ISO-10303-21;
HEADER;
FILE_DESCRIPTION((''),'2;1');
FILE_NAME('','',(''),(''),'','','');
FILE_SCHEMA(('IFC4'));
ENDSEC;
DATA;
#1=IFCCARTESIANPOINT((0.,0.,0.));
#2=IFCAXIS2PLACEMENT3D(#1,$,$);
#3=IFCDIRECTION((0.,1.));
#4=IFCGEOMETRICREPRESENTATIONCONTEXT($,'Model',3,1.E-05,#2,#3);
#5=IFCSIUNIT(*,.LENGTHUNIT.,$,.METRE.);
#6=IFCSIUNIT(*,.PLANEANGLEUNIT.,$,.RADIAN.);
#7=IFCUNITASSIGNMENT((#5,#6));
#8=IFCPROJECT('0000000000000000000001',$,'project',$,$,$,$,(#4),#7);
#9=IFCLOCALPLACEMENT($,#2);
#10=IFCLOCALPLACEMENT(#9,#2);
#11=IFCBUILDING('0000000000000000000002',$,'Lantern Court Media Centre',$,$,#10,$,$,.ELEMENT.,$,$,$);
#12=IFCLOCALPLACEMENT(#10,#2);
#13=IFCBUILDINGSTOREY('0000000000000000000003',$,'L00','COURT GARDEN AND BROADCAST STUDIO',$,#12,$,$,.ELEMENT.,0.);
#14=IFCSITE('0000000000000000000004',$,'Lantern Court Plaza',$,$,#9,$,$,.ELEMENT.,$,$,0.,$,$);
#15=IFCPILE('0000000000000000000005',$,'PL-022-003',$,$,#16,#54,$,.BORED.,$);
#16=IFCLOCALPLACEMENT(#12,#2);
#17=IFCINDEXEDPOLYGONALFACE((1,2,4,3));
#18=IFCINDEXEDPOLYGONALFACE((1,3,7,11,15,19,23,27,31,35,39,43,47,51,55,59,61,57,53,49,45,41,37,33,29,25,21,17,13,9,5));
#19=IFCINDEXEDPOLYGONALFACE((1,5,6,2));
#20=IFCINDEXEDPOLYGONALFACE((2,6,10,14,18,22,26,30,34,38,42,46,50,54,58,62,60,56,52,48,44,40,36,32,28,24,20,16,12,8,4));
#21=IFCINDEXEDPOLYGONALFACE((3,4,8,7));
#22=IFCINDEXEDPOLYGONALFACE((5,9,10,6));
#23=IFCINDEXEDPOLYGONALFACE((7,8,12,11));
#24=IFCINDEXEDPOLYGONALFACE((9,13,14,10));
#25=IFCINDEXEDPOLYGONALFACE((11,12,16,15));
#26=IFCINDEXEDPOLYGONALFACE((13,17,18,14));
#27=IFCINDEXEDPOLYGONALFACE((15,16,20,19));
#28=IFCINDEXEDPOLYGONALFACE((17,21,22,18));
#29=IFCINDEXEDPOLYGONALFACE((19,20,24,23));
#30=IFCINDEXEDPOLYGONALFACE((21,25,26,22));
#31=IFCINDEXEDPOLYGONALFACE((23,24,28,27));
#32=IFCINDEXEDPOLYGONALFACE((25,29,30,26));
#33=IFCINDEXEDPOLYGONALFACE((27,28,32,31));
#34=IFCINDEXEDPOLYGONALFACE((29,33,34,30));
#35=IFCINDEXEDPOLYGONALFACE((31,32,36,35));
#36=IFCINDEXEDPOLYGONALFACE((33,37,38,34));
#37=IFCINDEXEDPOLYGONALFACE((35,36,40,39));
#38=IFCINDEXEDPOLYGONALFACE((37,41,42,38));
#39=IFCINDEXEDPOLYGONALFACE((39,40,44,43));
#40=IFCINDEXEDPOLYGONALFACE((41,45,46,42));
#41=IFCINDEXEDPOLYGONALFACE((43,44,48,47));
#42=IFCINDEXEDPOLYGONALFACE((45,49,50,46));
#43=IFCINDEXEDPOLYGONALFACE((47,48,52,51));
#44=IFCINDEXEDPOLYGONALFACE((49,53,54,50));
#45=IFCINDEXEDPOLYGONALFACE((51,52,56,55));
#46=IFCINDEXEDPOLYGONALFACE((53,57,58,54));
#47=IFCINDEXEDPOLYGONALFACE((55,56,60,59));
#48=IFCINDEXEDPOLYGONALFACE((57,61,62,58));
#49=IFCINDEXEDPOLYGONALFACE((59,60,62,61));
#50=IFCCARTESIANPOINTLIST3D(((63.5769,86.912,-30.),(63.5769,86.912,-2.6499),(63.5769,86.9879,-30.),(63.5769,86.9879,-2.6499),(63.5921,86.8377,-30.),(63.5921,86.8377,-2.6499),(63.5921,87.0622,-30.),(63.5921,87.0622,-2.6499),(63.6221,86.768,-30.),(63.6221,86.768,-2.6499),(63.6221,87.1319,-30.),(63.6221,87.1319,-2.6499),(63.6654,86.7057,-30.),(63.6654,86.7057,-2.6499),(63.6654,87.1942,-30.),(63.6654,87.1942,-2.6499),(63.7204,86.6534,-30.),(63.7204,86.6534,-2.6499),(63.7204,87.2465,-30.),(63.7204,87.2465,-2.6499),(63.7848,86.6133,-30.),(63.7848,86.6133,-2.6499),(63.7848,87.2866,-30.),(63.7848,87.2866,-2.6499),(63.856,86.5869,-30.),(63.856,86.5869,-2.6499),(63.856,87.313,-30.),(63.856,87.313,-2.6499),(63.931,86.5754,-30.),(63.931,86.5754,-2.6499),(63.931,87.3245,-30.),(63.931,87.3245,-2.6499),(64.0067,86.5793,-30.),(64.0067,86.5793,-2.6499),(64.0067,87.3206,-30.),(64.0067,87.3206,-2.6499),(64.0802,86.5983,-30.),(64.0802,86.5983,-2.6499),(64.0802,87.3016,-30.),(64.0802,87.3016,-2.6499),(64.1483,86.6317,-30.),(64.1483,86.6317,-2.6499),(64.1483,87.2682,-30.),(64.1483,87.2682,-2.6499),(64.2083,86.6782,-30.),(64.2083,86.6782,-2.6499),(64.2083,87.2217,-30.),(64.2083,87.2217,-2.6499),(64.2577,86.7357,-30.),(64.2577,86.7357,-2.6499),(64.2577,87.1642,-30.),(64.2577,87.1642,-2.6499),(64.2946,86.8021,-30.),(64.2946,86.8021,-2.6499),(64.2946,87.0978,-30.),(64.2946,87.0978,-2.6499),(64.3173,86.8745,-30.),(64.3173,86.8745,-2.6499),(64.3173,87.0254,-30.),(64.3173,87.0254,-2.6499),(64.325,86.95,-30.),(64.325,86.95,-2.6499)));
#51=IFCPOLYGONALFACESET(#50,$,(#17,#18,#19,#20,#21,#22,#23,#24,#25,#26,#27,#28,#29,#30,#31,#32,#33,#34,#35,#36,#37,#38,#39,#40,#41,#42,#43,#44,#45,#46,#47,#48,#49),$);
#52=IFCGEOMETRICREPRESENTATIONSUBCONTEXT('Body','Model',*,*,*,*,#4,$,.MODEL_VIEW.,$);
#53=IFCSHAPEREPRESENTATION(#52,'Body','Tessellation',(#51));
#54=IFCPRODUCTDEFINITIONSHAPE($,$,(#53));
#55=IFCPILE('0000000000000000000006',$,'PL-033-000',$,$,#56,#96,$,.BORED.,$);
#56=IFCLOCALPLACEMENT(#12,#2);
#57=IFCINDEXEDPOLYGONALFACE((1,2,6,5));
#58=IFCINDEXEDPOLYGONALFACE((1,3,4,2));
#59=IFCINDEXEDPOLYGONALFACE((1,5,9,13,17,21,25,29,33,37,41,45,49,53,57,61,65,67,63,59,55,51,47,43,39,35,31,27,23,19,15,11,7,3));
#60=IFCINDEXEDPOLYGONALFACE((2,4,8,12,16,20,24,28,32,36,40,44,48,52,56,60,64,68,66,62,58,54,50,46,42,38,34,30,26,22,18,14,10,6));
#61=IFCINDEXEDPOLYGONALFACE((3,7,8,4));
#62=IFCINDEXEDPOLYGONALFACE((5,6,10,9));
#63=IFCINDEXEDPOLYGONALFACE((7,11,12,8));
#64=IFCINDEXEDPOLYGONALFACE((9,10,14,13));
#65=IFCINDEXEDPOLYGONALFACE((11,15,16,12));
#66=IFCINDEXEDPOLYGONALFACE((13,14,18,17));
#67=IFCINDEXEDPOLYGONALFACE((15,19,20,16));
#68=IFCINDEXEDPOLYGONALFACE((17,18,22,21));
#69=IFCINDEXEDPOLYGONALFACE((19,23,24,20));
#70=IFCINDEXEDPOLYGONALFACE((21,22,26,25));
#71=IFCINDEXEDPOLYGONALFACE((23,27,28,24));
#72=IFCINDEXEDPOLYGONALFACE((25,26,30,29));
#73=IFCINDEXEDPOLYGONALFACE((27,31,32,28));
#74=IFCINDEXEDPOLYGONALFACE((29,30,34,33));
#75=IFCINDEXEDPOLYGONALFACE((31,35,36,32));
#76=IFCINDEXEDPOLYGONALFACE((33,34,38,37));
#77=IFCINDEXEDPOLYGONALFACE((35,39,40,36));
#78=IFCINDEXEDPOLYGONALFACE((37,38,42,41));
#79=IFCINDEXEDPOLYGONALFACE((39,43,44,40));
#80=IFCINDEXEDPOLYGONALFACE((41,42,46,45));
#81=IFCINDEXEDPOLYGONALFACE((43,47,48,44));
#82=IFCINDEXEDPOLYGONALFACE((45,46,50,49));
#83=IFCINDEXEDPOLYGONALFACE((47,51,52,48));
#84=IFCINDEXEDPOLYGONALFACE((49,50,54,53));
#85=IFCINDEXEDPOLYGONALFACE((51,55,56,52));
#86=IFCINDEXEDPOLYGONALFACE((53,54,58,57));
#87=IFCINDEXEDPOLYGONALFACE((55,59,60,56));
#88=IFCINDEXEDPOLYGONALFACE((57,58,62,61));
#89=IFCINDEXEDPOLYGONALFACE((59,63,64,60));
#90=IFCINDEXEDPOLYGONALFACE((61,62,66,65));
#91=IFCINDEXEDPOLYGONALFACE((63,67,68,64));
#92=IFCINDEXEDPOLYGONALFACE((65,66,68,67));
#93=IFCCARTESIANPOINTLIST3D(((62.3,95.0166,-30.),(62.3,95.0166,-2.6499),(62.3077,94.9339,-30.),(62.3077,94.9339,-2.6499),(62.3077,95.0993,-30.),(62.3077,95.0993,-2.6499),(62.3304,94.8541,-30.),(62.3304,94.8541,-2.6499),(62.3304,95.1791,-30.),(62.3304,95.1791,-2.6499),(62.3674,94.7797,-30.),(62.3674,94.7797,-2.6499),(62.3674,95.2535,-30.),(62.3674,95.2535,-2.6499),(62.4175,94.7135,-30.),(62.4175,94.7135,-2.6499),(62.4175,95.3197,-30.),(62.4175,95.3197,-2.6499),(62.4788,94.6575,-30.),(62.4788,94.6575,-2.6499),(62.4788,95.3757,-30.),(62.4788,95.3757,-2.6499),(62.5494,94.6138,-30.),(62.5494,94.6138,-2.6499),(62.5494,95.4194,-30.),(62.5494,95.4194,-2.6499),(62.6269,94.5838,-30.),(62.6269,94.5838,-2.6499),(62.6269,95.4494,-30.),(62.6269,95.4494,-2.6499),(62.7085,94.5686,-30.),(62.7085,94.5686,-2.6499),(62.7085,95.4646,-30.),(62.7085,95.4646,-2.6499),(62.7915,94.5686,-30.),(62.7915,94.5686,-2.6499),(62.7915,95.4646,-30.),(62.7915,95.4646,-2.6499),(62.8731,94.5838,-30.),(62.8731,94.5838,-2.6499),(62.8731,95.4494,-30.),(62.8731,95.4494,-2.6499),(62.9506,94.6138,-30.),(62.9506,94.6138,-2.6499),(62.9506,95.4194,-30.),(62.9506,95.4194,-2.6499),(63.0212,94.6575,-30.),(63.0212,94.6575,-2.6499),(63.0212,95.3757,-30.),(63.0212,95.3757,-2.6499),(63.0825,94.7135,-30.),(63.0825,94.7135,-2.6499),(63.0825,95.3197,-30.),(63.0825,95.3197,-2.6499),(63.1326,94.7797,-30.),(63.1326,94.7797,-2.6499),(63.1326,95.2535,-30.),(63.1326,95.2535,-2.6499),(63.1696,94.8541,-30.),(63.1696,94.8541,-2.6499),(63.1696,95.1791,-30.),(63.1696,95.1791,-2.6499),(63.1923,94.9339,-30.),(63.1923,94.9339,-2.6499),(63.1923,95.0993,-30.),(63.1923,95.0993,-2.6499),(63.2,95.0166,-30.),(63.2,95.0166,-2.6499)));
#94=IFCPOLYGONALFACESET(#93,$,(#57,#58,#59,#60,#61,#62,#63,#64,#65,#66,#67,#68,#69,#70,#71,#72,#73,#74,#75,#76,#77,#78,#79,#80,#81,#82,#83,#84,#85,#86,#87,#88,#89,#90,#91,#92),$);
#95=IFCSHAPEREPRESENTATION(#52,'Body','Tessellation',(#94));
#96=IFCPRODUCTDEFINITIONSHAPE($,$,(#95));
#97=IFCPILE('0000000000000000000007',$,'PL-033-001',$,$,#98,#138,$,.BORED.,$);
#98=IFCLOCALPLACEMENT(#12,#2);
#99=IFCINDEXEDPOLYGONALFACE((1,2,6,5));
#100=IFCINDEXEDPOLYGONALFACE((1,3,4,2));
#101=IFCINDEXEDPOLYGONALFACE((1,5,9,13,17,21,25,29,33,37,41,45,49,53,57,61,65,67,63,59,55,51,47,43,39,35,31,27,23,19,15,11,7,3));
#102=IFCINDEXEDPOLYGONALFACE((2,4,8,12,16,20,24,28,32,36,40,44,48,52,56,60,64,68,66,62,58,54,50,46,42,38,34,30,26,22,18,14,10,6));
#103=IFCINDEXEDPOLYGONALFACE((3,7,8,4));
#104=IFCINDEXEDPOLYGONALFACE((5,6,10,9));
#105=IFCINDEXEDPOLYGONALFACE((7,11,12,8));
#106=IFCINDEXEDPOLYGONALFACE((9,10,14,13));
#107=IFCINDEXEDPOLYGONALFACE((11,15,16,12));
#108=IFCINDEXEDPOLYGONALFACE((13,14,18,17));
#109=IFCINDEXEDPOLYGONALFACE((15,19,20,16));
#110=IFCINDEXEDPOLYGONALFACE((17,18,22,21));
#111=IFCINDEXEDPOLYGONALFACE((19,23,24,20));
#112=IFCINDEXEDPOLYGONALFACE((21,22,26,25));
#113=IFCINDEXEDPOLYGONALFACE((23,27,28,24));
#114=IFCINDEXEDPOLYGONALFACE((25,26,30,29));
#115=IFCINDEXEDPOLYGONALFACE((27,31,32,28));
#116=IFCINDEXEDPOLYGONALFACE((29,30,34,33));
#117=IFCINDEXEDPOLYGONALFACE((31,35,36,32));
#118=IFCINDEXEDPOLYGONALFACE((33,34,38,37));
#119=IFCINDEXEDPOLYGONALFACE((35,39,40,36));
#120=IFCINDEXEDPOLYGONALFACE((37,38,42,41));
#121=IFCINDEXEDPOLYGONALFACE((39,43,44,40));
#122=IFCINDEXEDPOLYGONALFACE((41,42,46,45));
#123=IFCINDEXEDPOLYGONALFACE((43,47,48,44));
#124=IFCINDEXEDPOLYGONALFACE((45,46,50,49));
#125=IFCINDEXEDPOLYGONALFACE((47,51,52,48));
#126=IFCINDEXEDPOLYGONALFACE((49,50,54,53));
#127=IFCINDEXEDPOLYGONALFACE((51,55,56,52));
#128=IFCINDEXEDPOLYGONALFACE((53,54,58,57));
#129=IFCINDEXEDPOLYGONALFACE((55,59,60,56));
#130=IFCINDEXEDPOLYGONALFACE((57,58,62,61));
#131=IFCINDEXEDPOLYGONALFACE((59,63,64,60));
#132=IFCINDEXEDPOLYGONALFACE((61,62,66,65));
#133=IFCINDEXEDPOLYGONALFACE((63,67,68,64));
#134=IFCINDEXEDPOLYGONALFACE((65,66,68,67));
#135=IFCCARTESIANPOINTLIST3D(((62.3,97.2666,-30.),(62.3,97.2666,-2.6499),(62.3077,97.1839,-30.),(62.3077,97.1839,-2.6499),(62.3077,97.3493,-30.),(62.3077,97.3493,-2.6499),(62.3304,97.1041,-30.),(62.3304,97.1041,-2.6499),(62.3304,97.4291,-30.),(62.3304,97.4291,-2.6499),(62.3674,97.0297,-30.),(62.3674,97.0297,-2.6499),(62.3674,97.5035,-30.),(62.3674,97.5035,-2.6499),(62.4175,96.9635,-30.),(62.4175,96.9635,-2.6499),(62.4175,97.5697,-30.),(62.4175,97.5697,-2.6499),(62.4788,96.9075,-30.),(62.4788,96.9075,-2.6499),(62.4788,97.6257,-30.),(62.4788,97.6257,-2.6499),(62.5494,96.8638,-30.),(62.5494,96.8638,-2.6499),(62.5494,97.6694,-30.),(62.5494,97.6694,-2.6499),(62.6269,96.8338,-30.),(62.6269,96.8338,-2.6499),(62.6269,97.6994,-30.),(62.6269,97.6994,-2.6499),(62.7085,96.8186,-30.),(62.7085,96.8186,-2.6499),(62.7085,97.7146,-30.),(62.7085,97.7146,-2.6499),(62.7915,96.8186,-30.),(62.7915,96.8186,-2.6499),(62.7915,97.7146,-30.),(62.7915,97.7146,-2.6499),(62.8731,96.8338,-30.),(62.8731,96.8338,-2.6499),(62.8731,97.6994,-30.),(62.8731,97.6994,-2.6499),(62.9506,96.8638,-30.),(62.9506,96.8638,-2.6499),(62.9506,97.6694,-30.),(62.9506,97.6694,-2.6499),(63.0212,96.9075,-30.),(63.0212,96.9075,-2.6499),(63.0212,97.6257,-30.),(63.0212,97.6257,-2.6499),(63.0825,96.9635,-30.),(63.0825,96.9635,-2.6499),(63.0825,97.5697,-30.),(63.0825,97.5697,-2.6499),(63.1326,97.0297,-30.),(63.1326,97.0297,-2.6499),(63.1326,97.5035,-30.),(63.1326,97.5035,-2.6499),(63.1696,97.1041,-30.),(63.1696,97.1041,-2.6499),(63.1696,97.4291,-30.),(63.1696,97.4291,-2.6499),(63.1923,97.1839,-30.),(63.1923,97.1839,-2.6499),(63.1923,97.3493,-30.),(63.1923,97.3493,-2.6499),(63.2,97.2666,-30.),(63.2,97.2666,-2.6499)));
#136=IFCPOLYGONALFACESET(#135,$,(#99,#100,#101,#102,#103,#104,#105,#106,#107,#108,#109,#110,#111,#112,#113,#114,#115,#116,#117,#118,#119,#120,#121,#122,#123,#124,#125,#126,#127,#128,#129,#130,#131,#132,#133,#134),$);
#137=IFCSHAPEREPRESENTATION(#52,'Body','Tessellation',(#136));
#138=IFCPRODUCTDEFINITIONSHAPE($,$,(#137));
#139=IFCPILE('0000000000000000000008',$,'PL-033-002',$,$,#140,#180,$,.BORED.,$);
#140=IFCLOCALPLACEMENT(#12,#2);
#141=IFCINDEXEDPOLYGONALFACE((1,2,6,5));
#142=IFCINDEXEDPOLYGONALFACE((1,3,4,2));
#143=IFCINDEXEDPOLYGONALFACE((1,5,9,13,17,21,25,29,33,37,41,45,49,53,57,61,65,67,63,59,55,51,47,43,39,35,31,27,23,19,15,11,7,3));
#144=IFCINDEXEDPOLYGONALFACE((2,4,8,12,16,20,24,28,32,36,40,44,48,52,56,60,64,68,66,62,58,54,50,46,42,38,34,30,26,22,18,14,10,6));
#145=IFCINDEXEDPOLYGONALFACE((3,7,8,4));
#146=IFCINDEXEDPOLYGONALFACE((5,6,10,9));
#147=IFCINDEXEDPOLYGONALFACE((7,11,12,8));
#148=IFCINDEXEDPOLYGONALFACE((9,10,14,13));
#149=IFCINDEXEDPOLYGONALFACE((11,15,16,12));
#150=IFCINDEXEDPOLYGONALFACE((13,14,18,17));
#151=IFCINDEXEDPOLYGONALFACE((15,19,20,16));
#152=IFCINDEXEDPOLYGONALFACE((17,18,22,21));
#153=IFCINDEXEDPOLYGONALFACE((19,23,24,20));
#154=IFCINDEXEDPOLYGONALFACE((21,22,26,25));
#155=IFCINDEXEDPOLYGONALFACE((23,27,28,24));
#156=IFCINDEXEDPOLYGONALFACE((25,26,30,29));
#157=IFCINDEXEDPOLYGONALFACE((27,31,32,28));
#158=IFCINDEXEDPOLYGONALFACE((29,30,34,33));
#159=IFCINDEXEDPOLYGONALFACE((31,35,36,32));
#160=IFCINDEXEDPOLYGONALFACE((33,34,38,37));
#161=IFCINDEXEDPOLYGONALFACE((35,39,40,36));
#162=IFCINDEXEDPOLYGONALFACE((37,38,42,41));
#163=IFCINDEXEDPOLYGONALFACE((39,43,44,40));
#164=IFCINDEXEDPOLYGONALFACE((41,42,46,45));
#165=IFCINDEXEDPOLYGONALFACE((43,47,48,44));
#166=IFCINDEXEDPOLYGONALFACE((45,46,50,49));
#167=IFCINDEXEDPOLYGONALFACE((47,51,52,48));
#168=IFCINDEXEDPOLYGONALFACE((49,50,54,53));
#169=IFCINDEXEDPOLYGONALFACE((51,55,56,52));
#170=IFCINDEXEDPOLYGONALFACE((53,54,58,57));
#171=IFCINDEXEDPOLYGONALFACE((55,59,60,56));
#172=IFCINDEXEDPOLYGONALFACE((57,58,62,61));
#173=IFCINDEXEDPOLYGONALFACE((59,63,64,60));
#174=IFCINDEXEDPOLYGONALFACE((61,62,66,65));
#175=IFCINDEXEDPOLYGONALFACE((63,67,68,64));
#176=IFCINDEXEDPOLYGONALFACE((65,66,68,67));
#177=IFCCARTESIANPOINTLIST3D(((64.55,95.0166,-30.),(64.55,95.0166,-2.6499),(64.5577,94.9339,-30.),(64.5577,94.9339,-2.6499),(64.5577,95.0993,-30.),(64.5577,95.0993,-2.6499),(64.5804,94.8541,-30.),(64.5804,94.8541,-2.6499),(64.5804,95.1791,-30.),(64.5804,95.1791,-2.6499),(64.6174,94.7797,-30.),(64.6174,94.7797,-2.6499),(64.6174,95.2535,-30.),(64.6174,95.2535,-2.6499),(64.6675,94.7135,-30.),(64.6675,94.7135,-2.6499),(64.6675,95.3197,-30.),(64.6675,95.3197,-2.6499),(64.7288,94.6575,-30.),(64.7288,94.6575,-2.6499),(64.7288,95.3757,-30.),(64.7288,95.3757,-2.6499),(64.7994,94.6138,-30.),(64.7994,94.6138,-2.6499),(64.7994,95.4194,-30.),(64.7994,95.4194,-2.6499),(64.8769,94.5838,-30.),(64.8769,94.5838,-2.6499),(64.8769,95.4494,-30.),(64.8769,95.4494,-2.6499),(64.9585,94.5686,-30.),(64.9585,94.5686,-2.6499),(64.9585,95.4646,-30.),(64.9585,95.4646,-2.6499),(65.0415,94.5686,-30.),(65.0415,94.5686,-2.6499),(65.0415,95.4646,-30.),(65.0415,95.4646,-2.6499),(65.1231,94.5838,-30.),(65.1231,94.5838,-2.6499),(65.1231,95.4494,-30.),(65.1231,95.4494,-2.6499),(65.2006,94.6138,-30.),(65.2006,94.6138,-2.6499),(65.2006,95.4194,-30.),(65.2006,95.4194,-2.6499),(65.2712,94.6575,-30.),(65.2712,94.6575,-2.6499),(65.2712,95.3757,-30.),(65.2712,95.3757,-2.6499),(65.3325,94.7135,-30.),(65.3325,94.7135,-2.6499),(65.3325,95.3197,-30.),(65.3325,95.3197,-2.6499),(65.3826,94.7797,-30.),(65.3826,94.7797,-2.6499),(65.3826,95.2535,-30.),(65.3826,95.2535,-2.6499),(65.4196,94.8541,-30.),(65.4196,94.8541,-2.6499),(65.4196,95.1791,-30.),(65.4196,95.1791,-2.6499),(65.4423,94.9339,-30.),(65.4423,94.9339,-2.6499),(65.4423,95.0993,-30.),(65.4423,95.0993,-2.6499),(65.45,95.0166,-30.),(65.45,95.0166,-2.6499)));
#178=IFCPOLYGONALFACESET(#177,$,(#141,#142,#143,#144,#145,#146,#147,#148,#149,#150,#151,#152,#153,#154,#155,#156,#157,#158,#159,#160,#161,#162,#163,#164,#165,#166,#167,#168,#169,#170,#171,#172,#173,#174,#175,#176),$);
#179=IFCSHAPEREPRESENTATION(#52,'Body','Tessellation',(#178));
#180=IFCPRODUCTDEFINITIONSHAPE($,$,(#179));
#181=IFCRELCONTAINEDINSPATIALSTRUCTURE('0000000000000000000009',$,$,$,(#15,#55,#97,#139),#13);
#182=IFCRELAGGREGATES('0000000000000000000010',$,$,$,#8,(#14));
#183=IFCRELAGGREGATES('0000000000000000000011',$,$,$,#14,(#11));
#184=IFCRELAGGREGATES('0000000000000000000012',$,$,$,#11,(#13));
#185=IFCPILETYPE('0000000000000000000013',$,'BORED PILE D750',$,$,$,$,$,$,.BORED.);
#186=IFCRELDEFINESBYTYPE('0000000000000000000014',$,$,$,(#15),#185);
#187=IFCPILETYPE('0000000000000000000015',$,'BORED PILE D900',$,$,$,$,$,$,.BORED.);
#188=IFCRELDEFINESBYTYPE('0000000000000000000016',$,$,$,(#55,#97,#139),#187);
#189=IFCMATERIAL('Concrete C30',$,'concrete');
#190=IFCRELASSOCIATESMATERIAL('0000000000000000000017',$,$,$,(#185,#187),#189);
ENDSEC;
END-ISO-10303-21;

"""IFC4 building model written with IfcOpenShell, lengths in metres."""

from ifc_helpers import new_model, si_unit, direction, frame, origin, origin_2d, place, context, subcontext, project, spatial, circle, extrude, material, material_profile, profile_set, type_object, element, save


model = new_model("IFC4")

# Units and contexts
model_context = context("Model", 3, precision=1e-05, world=origin(), true_north=direction((0.0, 1.0)))
body_context = subcontext(model_context, "Body", "Model", "MODEL_VIEW")
ifc_project = project(units=[si_unit("LENGTHUNIT", "METRE"), si_unit("PLANEANGLEUNIT", "RADIAN")], contexts=[model_context])

# Site, building, storey
site_placement = place(None, origin())
site = spatial("IfcSite", under=ifc_project, at=site_placement, Name="Lantern Court Plaza", CompositionType="ELEMENT", RefElevation=0.0)
building_placement = place(site_placement, origin())
building = spatial("IfcBuilding", under=site, at=building_placement, Name="Lantern Court Media Centre", CompositionType="ELEMENT")
storey_placement = place(building_placement, origin())
storey = spatial("IfcBuildingStorey", under=building, at=storey_placement, Name="L00", Description="COURT GARDEN AND BROADCAST STUDIO", CompositionType="ELEMENT", Elevation=0.0)

# Piles
ifc_material_1 = material(Name="Concrete C30", Category="concrete")
ifc_material_profile_1 = material_profile(ifc_material_1, circle(Radius=0.375, at=origin_2d()), Name="D750")
ifc_profile_set_1 = profile_set([ifc_material_profile_1], Name="Concrete C30")
pile_type_1 = type_object("IfcPileType", Name="BORED PILE D750", PredefinedType="BORED", material=ifc_profile_set_1)
pile_placement = place(storey_placement, frame((63.95, 86.95, -2.6499), z_axis=(0.0, 0.0, -1.0), x_axis=(1.0, 0.0, 0.0)))
element("IfcPile", 1, at=pile_placement, inside=storey, type_object=pile_type_1, Name="PL-022-003", PredefinedType="BORED", context=body_context, shape_type="SweptSolid", body=[
    extrude(circle(Radius=0.375, at=origin_2d()), origin(), (0.0, 0.0, 1.0), 27.3501),
])
ifc_material_profile_2 = material_profile(ifc_material_1, circle(Radius=0.45, at=origin_2d()), Name="D900")
ifc_profile_set_2 = profile_set([ifc_material_profile_2], Name="Concrete C30")
pile_type_2 = type_object("IfcPileType", Name="BORED PILE D900", PredefinedType="BORED", material=ifc_profile_set_2)
for number, where, z_axis, x_axis, name in (
    (2, (62.75, 95.0166, -2.6499), (0.0, 0.0, -1.0), (1.0, 0.0, 0.0), "PL-033-000"),
    (3, (62.75, 97.2666, -2.6499), (0.0, 0.0, -1.0), (1.0, 0.0, 0.0), "PL-033-001"),
    (4, (65.0, 95.0166, -2.6499), (0.0, 0.0, -1.0), (1.0, 0.0, 0.0), "PL-033-002"),
):
    element("IfcPile", number, at=place(storey_placement, frame(where, z_axis=z_axis, x_axis=x_axis)), inside=storey, type_object=pile_type_2, Name=name, PredefinedType="BORED", context=body_context, shape_type="SweptSolid", body=[
        extrude(circle(Radius=0.45, at=origin_2d()), origin(), (0.0, 0.0, 1.0), 27.3501),
    ])

save(model, "model.ifc")
